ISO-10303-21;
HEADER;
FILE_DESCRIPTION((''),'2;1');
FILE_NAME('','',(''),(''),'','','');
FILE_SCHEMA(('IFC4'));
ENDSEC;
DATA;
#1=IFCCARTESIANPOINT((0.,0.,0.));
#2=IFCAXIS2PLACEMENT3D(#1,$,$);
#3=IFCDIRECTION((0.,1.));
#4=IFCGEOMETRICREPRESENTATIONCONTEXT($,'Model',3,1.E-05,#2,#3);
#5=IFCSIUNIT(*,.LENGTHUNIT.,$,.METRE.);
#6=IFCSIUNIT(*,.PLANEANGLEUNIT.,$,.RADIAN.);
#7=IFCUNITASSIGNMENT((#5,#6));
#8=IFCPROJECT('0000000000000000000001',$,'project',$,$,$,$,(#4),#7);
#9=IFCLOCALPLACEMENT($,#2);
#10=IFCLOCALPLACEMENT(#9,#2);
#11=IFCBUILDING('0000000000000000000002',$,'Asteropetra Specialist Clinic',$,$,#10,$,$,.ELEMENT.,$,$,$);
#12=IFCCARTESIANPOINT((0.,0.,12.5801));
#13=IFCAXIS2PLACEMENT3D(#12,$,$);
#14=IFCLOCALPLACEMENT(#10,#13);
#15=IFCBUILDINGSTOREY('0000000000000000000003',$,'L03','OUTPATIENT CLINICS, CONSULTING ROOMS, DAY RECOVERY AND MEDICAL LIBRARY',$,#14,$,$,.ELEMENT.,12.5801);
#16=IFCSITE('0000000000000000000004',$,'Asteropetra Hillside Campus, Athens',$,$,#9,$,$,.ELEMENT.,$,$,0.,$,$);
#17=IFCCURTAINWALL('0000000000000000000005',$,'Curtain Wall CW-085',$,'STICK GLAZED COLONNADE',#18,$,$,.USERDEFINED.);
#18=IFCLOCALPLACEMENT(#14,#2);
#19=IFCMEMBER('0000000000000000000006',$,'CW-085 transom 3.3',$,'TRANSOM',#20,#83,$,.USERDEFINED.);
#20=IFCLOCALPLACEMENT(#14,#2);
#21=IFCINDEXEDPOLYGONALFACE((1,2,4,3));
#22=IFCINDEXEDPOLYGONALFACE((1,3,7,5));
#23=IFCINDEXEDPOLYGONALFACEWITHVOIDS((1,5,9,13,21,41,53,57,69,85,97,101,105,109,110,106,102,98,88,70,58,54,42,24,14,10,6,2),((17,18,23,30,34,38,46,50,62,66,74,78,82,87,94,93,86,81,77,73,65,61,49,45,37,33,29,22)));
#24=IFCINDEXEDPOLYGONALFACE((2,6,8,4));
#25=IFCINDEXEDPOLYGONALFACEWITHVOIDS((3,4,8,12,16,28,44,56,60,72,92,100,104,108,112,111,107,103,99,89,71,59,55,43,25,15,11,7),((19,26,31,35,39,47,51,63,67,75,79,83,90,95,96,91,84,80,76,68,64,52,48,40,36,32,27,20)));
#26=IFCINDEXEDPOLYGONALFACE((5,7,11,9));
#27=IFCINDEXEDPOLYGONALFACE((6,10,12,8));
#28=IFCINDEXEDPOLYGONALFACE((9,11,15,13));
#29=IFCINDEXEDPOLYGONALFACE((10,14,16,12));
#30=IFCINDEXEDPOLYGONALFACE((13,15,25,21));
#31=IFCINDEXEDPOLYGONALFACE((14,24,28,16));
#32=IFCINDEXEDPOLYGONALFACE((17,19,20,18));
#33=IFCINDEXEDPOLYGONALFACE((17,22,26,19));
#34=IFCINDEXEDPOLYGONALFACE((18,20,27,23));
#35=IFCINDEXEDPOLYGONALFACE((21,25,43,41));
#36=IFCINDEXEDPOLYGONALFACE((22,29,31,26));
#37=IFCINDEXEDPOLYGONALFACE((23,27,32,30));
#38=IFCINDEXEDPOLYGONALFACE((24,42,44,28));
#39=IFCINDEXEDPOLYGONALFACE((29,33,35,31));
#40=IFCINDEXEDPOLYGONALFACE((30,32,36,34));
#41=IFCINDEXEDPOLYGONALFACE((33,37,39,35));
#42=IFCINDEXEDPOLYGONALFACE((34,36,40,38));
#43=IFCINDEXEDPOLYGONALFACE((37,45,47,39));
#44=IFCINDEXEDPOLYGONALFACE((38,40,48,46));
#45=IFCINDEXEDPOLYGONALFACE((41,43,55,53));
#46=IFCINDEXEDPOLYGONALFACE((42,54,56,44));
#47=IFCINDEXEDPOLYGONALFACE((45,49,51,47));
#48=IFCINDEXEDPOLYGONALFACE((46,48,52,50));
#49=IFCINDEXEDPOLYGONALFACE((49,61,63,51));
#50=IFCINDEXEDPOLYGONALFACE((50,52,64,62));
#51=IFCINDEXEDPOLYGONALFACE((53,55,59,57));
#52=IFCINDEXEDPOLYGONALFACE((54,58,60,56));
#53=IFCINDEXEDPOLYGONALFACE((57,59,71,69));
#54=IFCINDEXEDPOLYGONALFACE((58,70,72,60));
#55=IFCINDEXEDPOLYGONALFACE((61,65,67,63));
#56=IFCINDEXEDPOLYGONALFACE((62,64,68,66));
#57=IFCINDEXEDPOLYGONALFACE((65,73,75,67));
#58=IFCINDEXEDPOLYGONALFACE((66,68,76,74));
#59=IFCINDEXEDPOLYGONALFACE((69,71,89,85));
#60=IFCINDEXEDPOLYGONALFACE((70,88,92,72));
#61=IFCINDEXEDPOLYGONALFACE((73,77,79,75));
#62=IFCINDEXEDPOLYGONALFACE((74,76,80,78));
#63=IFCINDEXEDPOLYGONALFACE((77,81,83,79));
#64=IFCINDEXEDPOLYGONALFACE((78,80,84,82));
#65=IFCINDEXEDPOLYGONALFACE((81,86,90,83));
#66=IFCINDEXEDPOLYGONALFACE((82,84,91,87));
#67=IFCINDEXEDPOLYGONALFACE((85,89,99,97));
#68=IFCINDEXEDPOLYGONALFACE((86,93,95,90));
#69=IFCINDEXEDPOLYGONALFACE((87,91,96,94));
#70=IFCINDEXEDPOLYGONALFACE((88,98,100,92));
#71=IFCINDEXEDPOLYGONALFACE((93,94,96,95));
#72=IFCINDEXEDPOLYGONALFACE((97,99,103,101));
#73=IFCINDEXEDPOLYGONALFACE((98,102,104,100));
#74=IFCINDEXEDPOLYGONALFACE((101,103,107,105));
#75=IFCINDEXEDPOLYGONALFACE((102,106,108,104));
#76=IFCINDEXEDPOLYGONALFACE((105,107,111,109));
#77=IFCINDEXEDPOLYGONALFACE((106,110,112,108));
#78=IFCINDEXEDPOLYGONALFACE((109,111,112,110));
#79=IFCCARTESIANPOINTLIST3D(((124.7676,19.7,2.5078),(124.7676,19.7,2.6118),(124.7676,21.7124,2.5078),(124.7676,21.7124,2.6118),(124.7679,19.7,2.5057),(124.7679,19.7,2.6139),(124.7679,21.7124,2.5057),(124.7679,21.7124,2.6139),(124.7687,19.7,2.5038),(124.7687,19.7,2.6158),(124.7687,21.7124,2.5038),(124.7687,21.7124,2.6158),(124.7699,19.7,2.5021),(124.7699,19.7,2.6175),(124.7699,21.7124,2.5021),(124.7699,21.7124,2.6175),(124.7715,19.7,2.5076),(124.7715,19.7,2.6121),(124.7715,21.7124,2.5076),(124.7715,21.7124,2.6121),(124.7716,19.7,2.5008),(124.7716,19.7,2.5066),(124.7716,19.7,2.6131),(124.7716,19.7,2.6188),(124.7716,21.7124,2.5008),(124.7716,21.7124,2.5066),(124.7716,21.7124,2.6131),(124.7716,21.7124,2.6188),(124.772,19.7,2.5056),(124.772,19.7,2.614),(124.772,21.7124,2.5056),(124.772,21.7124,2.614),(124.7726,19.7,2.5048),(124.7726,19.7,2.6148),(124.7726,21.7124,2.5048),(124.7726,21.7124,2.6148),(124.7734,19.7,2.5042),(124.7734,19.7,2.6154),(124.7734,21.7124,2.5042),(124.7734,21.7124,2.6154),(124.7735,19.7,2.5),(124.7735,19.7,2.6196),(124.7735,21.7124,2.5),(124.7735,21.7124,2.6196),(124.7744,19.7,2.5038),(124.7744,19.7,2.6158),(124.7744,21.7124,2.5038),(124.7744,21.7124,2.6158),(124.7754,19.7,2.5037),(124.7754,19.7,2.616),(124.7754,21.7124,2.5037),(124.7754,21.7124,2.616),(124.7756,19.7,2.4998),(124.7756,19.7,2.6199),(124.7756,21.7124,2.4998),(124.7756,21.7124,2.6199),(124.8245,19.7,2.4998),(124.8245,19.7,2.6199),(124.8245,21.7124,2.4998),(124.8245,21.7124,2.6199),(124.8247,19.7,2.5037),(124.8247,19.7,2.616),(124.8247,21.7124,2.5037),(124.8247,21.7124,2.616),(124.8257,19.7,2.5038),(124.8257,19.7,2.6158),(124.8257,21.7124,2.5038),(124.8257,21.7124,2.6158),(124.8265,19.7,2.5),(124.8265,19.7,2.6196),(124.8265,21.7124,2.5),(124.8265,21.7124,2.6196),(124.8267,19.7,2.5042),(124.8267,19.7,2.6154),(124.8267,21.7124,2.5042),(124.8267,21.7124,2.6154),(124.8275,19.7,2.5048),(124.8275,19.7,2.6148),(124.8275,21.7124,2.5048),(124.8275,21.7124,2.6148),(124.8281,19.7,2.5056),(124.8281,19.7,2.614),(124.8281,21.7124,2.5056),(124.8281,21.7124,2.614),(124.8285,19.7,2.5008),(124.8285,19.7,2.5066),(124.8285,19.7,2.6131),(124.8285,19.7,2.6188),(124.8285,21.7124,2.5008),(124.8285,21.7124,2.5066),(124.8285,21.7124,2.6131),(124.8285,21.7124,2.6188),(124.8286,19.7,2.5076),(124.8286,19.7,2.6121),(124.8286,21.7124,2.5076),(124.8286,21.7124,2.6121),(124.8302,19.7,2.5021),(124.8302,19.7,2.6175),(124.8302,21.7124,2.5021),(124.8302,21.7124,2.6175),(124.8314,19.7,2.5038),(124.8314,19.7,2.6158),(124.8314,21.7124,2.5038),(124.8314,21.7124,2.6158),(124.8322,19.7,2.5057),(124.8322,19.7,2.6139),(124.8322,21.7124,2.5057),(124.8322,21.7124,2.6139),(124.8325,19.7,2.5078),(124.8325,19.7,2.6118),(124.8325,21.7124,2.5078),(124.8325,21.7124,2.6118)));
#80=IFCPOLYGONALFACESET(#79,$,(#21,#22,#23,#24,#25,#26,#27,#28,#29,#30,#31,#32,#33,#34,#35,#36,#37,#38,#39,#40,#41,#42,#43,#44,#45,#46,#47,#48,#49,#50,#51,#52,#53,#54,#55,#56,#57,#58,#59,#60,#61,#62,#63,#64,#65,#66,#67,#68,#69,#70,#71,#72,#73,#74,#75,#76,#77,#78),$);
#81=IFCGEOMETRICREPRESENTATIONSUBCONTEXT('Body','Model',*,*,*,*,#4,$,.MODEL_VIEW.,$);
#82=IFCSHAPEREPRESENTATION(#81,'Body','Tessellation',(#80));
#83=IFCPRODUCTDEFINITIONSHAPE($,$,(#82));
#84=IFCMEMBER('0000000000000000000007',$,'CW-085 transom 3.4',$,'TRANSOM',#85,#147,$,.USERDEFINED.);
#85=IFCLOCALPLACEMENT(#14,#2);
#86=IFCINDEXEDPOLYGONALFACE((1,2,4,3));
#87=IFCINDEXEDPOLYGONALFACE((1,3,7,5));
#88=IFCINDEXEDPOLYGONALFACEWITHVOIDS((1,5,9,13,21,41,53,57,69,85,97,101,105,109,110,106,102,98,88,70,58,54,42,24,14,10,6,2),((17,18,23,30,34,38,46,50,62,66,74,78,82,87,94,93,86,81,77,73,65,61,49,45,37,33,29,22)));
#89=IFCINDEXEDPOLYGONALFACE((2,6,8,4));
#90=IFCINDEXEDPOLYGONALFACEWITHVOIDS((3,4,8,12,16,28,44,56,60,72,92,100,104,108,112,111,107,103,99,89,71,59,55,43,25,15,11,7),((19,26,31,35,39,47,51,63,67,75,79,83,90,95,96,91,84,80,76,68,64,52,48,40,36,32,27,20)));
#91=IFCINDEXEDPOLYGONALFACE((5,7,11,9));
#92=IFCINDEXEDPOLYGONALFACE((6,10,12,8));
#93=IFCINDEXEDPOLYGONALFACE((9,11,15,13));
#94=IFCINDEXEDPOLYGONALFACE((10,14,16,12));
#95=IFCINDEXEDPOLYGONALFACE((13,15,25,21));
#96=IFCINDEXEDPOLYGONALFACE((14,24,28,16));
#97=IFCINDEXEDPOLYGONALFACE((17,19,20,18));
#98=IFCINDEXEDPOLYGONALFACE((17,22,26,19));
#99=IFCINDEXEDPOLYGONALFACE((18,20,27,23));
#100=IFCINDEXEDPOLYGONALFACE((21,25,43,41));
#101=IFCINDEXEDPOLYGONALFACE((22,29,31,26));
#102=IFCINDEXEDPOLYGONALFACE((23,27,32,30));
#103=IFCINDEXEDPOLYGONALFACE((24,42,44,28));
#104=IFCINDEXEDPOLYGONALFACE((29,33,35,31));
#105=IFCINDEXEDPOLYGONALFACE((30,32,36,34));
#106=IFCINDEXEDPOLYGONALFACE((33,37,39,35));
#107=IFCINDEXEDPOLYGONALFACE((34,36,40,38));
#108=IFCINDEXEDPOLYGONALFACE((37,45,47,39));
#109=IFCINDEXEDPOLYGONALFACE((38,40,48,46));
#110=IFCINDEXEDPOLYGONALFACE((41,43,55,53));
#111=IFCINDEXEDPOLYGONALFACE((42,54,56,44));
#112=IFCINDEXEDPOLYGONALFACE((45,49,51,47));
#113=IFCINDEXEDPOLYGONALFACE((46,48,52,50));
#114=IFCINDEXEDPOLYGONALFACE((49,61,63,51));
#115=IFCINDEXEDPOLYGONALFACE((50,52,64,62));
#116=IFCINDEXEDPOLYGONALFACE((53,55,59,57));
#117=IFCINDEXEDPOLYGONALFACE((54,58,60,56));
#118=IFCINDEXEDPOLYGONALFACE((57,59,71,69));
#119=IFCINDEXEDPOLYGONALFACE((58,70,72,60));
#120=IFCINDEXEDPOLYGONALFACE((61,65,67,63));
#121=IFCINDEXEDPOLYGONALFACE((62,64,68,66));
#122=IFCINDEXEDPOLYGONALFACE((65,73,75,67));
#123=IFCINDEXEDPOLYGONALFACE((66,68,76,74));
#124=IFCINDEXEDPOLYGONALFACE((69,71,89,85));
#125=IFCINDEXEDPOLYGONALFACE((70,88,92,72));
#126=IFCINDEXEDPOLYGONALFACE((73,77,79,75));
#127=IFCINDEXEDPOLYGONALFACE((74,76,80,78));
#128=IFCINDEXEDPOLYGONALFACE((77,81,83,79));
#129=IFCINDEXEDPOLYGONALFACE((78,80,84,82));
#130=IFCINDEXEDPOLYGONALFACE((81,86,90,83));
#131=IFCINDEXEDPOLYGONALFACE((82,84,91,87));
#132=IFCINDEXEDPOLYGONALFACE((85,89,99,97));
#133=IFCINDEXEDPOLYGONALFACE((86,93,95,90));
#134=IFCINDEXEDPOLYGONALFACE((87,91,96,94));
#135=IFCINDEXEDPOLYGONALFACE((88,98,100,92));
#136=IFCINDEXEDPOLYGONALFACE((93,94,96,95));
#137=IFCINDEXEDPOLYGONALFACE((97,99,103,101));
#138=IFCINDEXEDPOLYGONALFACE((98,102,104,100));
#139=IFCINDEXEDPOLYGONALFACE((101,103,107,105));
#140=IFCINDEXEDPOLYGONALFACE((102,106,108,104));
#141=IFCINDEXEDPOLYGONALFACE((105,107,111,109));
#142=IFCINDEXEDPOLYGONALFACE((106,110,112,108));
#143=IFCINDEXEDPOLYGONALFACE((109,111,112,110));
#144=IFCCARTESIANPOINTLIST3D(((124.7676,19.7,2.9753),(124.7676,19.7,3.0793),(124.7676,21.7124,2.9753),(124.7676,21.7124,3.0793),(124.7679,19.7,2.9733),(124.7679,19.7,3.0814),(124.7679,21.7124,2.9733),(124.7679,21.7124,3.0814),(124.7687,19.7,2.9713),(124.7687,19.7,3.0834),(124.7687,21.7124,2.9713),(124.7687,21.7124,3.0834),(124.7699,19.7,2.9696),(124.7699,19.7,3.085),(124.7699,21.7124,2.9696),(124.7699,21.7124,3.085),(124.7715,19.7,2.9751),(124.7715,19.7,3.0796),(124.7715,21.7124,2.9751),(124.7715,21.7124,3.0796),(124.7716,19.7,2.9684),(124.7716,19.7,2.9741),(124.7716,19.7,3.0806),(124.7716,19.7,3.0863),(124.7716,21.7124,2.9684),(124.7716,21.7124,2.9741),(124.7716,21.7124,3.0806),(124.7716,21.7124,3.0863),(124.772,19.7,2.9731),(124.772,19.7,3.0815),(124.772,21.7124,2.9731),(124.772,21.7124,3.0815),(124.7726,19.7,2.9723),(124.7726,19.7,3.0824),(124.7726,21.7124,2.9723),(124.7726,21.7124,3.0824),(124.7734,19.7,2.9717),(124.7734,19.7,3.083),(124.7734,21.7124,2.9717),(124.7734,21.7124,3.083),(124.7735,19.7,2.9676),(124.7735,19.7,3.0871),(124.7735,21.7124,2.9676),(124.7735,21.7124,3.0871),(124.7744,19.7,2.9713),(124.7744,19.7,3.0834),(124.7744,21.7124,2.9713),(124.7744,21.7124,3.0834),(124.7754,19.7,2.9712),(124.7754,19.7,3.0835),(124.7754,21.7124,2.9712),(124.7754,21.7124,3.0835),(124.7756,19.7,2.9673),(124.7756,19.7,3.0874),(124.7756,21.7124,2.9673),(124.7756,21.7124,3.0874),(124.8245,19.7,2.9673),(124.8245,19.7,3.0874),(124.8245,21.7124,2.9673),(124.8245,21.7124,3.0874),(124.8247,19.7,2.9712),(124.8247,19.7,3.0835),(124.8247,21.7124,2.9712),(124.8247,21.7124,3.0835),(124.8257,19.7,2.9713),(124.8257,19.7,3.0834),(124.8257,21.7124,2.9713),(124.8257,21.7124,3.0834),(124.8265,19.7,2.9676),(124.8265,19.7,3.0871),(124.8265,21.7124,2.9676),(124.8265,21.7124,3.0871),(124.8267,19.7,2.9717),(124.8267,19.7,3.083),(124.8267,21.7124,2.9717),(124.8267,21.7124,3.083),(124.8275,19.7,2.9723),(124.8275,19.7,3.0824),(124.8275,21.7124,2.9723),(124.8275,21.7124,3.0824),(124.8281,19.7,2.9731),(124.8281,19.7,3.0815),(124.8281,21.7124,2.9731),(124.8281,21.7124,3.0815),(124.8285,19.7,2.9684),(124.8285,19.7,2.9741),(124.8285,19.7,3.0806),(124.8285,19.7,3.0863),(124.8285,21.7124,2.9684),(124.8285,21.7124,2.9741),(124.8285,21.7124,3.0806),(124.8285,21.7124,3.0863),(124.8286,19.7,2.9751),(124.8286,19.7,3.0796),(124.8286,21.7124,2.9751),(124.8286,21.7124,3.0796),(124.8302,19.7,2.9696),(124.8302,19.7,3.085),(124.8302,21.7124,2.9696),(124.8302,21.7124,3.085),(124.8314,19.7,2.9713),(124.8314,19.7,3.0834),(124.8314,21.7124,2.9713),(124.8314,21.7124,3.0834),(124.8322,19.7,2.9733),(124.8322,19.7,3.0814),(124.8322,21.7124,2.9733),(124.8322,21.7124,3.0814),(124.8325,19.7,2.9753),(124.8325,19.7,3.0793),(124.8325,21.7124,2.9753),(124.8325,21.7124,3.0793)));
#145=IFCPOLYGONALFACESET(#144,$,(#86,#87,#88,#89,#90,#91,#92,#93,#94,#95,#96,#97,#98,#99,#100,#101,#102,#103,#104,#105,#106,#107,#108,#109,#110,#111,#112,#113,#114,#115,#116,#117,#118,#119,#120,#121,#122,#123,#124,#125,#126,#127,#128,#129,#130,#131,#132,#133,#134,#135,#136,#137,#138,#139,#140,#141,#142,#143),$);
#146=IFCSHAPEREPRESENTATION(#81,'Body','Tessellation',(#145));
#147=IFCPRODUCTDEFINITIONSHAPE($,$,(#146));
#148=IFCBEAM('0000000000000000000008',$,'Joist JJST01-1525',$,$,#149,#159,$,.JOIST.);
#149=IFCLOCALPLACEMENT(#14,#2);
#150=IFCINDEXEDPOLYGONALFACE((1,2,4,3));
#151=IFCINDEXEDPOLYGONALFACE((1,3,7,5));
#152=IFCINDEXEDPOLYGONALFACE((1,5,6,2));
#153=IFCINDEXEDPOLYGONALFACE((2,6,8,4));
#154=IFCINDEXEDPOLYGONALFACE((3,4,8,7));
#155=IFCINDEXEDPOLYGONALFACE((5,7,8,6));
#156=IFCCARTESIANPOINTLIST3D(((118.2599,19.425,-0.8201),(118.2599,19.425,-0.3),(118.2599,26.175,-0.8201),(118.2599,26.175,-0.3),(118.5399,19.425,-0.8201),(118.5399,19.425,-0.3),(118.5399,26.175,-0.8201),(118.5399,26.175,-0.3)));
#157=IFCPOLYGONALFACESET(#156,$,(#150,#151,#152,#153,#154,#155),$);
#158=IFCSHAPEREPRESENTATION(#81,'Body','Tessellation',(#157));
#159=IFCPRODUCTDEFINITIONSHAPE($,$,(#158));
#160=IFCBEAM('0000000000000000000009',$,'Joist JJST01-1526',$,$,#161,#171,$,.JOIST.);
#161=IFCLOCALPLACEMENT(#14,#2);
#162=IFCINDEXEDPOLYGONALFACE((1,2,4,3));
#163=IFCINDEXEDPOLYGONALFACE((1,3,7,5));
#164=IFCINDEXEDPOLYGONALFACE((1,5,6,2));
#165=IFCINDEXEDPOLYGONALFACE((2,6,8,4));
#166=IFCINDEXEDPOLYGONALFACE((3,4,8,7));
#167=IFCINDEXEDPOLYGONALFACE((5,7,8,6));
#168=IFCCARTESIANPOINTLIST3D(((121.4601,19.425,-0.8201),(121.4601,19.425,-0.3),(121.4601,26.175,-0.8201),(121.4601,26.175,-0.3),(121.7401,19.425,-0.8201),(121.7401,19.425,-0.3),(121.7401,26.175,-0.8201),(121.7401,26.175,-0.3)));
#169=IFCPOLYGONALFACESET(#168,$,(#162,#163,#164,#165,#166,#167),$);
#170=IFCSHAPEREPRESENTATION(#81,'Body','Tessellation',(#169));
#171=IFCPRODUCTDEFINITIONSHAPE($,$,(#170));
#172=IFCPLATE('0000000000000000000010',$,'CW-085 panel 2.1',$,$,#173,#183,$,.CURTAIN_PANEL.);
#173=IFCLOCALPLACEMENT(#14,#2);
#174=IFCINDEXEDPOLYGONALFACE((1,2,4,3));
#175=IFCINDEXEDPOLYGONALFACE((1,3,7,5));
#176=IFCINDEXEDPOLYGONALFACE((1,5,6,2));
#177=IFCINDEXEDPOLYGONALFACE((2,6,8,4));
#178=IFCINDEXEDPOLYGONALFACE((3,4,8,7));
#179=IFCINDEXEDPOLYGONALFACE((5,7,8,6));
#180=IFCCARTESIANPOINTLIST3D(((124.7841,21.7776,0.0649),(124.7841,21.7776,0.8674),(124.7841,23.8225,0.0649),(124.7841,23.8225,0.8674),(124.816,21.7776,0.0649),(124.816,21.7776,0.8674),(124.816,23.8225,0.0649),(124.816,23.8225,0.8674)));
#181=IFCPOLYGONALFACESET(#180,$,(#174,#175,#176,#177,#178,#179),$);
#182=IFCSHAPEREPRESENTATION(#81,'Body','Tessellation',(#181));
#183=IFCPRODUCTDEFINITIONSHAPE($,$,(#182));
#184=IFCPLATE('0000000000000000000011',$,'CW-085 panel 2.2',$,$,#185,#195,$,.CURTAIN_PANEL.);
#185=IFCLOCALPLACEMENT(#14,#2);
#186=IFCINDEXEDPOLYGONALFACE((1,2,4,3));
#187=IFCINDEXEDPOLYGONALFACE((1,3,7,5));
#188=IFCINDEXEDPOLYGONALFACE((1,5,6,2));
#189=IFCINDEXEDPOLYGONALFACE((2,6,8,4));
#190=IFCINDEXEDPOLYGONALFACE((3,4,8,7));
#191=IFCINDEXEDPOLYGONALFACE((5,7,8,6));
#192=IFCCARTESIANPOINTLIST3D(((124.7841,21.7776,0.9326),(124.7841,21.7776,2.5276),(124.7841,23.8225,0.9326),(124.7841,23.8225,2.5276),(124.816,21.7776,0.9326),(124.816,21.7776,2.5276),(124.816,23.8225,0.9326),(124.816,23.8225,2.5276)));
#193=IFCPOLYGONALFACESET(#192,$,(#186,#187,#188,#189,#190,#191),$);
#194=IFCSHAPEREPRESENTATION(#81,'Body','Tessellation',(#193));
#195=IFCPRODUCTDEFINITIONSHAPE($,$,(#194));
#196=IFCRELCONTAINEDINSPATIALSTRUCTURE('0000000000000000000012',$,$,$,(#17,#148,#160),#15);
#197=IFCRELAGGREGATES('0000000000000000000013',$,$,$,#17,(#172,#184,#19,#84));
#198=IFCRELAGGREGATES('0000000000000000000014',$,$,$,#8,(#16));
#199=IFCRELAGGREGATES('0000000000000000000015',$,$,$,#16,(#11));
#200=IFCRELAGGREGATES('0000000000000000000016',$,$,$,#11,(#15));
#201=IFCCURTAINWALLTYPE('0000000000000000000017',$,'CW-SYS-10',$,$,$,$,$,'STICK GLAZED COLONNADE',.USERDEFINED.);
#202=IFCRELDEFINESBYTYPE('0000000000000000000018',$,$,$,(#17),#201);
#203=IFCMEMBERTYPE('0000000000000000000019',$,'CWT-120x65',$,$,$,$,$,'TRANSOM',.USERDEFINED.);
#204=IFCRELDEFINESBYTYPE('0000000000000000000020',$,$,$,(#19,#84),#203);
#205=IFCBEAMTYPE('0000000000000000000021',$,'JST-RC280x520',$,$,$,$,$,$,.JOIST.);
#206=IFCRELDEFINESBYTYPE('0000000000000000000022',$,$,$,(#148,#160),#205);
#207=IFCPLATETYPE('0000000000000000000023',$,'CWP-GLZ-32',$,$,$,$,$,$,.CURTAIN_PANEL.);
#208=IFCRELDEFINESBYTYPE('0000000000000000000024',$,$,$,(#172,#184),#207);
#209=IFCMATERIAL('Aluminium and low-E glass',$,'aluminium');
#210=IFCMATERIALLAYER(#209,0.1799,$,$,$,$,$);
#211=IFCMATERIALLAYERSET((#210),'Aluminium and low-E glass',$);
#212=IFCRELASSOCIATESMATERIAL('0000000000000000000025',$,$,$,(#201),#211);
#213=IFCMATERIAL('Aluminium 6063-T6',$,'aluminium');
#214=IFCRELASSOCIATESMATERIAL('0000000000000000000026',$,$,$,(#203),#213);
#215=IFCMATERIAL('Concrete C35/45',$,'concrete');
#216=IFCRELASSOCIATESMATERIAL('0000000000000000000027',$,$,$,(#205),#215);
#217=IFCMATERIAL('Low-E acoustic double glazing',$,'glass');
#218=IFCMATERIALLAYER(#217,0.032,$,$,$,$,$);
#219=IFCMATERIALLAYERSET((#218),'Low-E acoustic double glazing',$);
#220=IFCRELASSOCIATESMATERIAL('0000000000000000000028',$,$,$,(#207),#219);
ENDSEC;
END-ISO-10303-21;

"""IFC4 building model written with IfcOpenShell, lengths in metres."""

from ifc_helpers import new_model, si_unit, direction, frame, origin, origin_2d, place, context, subcontext, project, spatial, rectangle, hollow_rectangle, extrude, material, layer, layer_set, material_profile, profile_set, type_object, element, aggregate, save


model = new_model("IFC4")

# Units and contexts
model_context = context("Model", 3, precision=1e-05, world=origin(), true_north=direction((0.0, 1.0)))
body_context = subcontext(model_context, "Body", "Model", "MODEL_VIEW")
ifc_project = project(units=[si_unit("LENGTHUNIT", "METRE"), si_unit("PLANEANGLEUNIT", "RADIAN")], contexts=[model_context])

# Site, building, storey
site_placement = place(None, origin())
site = spatial("IfcSite", under=ifc_project, at=site_placement, Name="Asteropetra Hillside Campus, Athens", CompositionType="ELEMENT", RefElevation=0.0)
building_placement = place(site_placement, origin())
building = spatial("IfcBuilding", under=site, at=building_placement, Name="Asteropetra Specialist Clinic", CompositionType="ELEMENT")
storey_placement = place(building_placement, frame((0.0, 0.0, 12.5801)))
storey = spatial("IfcBuildingStorey", under=building, at=storey_placement, Name="L03", Description="OUTPATIENT CLINICS, CONSULTING ROOMS, DAY RECOVERY AND MEDICAL LIBRARY", CompositionType="ELEMENT", Elevation=12.5801)

# Curtain wall
ifc_material_1 = material(Name="Aluminium and low-E glass", Category="aluminium")
ifc_layer_1 = layer(ifc_material_1, 0.1799)
ifc_layer_set_1 = layer_set([ifc_layer_1], Name="Aluminium and low-E glass")
curtain_wall_type_1 = type_object("IfcCurtainWallType", Name="CW-SYS-10", ElementType="STICK GLAZED COLONNADE", PredefinedType="USERDEFINED", material=ifc_layer_set_1)
curtain_wall_1_placement = place(storey_placement, origin())
curtain_wall_1 = element("IfcCurtainWall", 1, at=curtain_wall_1_placement, inside=storey, type_object=curtain_wall_type_1, Name="Curtain Wall CW-085", ObjectType="STICK GLAZED COLONNADE", PredefinedType="USERDEFINED")

# Members
ifc_material_2 = material(Name="Aluminium 6063-T6", Category="aluminium")
ifc_material_profile_1 = material_profile(ifc_material_2, hollow_rectangle(XDim=0.0649, YDim=0.1201, WallThickness=0.0039, InnerFilletRadius=0.0039, OuterFilletRadius=0.0081, at=origin_2d()), Name="TRN 120x65x4.0")
ifc_profile_set_1 = profile_set([ifc_material_profile_1], Name="Aluminium 6063-T6")
member_type_1 = type_object("IfcMemberType", Name="CWT-120x65", ElementType="TRANSOM", PredefinedType="USERDEFINED", material=ifc_profile_set_1)
member_1_placement = place(storey_placement, frame((124.8, 21.7124, 2.5598), z_axis=(0.0, -1.0, 0.0), x_axis=(1.0, 0.0, 0.0)))
member_1 = element("IfcMember", 2, at=member_1_placement, type_object=member_type_1, Name="CW-085 transom 3.3", ObjectType="TRANSOM", PredefinedType="USERDEFINED", context=body_context, shape_type="SweptSolid", body=[
    extrude(hollow_rectangle(XDim=0.0649, YDim=0.1201, WallThickness=0.0039, InnerFilletRadius=0.0039, OuterFilletRadius=0.0081, at=origin_2d()), origin(), (0.0, 0.0, 1.0), 2.0125),
])
member_2_placement = place(storey_placement, frame((124.8, 21.7124, 3.0273), z_axis=(0.0, -1.0, 0.0), x_axis=(1.0, 0.0, 0.0)))
member_2 = element("IfcMember", 3, at=member_2_placement, type_object=member_type_1, Name="CW-085 transom 3.4", ObjectType="TRANSOM", PredefinedType="USERDEFINED", context=body_context, shape_type="SweptSolid", body=[
    extrude(hollow_rectangle(XDim=0.0649, YDim=0.1201, WallThickness=0.0039, InnerFilletRadius=0.0039, OuterFilletRadius=0.0081, at=origin_2d()), origin(), (0.0, 0.0, 1.0), 2.0125),
])

# Beams
ifc_material_3 = material(Name="Concrete C35/45", Category="concrete")
ifc_material_profile_2 = material_profile(ifc_material_3, rectangle(XDim=0.28, YDim=0.52, at=origin_2d()), Name="RCJ 280x520")
ifc_profile_set_2 = profile_set([ifc_material_profile_2], Name="Concrete C35/45")
beam_type_1 = type_object("IfcBeamType", Name="JST-RC280x520", PredefinedType="JOIST", material=ifc_profile_set_2)
for number, where, z_axis, x_axis, name in (
    (4, (118.3999, 19.425, -0.5601), (0.0, 1.0, 0.0), (-1.0, 0.0, 0.0), "Joist JJST01-1525"),
    (5, (121.6001, 19.425, -0.5601), (0.0, 1.0, 0.0), (-1.0, 0.0, 0.0), "Joist JJST01-1526"),
):
    element("IfcBeam", number, at=place(storey_placement, frame(where, z_axis=z_axis, x_axis=x_axis)), inside=storey, type_object=beam_type_1, Name=name, PredefinedType="JOIST", context=body_context, shape_type="SweptSolid", body=[
        extrude(rectangle(XDim=0.28, YDim=0.52, at=origin_2d()), origin(), (0.0, 0.0, 1.0), 6.75),
    ])

# Plates
ifc_material_4 = material(Name="Low-E acoustic double glazing", Category="glass")
ifc_layer_2 = layer(ifc_material_4, 0.032)
ifc_layer_set_2 = layer_set([ifc_layer_2], Name="Low-E acoustic double glazing")
plate_type_1 = type_object("IfcPlateType", Name="CWP-GLZ-32", PredefinedType="CURTAIN_PANEL", material=ifc_layer_set_2)
plate_1_placement = place(storey_placement, frame((124.8, 22.8, 0.0649), z_axis=(0.0, 0.0, 1.0), x_axis=(0.0, -1.0, 0.0)))
plate_1 = element("IfcPlate", 6, at=plate_1_placement, type_object=plate_type_1, Name="CW-085 panel 2.1", PredefinedType="CURTAIN_PANEL", context=body_context, shape_type="SweptSolid", body=[
    extrude(rectangle(XDim=2.0449, YDim=0.032, at=origin_2d()), origin(), (0.0, 0.0, 1.0), 0.8025),
])
plate_2_placement = place(storey_placement, frame((124.8, 22.8, 0.9326), z_axis=(0.0, 0.0, 1.0), x_axis=(0.0, -1.0, 0.0)))
plate_2 = element("IfcPlate", 7, at=plate_2_placement, type_object=plate_type_1, Name="CW-085 panel 2.2", PredefinedType="CURTAIN_PANEL", context=body_context, shape_type="SweptSolid", body=[
    extrude(rectangle(XDim=2.0449, YDim=0.032, at=origin_2d()), origin(), (0.0, 0.0, 1.0), 1.595),
])
aggregate(curtain_wall_1, [plate_1, plate_2, member_1, member_2])

save(model, "model.ifc")
